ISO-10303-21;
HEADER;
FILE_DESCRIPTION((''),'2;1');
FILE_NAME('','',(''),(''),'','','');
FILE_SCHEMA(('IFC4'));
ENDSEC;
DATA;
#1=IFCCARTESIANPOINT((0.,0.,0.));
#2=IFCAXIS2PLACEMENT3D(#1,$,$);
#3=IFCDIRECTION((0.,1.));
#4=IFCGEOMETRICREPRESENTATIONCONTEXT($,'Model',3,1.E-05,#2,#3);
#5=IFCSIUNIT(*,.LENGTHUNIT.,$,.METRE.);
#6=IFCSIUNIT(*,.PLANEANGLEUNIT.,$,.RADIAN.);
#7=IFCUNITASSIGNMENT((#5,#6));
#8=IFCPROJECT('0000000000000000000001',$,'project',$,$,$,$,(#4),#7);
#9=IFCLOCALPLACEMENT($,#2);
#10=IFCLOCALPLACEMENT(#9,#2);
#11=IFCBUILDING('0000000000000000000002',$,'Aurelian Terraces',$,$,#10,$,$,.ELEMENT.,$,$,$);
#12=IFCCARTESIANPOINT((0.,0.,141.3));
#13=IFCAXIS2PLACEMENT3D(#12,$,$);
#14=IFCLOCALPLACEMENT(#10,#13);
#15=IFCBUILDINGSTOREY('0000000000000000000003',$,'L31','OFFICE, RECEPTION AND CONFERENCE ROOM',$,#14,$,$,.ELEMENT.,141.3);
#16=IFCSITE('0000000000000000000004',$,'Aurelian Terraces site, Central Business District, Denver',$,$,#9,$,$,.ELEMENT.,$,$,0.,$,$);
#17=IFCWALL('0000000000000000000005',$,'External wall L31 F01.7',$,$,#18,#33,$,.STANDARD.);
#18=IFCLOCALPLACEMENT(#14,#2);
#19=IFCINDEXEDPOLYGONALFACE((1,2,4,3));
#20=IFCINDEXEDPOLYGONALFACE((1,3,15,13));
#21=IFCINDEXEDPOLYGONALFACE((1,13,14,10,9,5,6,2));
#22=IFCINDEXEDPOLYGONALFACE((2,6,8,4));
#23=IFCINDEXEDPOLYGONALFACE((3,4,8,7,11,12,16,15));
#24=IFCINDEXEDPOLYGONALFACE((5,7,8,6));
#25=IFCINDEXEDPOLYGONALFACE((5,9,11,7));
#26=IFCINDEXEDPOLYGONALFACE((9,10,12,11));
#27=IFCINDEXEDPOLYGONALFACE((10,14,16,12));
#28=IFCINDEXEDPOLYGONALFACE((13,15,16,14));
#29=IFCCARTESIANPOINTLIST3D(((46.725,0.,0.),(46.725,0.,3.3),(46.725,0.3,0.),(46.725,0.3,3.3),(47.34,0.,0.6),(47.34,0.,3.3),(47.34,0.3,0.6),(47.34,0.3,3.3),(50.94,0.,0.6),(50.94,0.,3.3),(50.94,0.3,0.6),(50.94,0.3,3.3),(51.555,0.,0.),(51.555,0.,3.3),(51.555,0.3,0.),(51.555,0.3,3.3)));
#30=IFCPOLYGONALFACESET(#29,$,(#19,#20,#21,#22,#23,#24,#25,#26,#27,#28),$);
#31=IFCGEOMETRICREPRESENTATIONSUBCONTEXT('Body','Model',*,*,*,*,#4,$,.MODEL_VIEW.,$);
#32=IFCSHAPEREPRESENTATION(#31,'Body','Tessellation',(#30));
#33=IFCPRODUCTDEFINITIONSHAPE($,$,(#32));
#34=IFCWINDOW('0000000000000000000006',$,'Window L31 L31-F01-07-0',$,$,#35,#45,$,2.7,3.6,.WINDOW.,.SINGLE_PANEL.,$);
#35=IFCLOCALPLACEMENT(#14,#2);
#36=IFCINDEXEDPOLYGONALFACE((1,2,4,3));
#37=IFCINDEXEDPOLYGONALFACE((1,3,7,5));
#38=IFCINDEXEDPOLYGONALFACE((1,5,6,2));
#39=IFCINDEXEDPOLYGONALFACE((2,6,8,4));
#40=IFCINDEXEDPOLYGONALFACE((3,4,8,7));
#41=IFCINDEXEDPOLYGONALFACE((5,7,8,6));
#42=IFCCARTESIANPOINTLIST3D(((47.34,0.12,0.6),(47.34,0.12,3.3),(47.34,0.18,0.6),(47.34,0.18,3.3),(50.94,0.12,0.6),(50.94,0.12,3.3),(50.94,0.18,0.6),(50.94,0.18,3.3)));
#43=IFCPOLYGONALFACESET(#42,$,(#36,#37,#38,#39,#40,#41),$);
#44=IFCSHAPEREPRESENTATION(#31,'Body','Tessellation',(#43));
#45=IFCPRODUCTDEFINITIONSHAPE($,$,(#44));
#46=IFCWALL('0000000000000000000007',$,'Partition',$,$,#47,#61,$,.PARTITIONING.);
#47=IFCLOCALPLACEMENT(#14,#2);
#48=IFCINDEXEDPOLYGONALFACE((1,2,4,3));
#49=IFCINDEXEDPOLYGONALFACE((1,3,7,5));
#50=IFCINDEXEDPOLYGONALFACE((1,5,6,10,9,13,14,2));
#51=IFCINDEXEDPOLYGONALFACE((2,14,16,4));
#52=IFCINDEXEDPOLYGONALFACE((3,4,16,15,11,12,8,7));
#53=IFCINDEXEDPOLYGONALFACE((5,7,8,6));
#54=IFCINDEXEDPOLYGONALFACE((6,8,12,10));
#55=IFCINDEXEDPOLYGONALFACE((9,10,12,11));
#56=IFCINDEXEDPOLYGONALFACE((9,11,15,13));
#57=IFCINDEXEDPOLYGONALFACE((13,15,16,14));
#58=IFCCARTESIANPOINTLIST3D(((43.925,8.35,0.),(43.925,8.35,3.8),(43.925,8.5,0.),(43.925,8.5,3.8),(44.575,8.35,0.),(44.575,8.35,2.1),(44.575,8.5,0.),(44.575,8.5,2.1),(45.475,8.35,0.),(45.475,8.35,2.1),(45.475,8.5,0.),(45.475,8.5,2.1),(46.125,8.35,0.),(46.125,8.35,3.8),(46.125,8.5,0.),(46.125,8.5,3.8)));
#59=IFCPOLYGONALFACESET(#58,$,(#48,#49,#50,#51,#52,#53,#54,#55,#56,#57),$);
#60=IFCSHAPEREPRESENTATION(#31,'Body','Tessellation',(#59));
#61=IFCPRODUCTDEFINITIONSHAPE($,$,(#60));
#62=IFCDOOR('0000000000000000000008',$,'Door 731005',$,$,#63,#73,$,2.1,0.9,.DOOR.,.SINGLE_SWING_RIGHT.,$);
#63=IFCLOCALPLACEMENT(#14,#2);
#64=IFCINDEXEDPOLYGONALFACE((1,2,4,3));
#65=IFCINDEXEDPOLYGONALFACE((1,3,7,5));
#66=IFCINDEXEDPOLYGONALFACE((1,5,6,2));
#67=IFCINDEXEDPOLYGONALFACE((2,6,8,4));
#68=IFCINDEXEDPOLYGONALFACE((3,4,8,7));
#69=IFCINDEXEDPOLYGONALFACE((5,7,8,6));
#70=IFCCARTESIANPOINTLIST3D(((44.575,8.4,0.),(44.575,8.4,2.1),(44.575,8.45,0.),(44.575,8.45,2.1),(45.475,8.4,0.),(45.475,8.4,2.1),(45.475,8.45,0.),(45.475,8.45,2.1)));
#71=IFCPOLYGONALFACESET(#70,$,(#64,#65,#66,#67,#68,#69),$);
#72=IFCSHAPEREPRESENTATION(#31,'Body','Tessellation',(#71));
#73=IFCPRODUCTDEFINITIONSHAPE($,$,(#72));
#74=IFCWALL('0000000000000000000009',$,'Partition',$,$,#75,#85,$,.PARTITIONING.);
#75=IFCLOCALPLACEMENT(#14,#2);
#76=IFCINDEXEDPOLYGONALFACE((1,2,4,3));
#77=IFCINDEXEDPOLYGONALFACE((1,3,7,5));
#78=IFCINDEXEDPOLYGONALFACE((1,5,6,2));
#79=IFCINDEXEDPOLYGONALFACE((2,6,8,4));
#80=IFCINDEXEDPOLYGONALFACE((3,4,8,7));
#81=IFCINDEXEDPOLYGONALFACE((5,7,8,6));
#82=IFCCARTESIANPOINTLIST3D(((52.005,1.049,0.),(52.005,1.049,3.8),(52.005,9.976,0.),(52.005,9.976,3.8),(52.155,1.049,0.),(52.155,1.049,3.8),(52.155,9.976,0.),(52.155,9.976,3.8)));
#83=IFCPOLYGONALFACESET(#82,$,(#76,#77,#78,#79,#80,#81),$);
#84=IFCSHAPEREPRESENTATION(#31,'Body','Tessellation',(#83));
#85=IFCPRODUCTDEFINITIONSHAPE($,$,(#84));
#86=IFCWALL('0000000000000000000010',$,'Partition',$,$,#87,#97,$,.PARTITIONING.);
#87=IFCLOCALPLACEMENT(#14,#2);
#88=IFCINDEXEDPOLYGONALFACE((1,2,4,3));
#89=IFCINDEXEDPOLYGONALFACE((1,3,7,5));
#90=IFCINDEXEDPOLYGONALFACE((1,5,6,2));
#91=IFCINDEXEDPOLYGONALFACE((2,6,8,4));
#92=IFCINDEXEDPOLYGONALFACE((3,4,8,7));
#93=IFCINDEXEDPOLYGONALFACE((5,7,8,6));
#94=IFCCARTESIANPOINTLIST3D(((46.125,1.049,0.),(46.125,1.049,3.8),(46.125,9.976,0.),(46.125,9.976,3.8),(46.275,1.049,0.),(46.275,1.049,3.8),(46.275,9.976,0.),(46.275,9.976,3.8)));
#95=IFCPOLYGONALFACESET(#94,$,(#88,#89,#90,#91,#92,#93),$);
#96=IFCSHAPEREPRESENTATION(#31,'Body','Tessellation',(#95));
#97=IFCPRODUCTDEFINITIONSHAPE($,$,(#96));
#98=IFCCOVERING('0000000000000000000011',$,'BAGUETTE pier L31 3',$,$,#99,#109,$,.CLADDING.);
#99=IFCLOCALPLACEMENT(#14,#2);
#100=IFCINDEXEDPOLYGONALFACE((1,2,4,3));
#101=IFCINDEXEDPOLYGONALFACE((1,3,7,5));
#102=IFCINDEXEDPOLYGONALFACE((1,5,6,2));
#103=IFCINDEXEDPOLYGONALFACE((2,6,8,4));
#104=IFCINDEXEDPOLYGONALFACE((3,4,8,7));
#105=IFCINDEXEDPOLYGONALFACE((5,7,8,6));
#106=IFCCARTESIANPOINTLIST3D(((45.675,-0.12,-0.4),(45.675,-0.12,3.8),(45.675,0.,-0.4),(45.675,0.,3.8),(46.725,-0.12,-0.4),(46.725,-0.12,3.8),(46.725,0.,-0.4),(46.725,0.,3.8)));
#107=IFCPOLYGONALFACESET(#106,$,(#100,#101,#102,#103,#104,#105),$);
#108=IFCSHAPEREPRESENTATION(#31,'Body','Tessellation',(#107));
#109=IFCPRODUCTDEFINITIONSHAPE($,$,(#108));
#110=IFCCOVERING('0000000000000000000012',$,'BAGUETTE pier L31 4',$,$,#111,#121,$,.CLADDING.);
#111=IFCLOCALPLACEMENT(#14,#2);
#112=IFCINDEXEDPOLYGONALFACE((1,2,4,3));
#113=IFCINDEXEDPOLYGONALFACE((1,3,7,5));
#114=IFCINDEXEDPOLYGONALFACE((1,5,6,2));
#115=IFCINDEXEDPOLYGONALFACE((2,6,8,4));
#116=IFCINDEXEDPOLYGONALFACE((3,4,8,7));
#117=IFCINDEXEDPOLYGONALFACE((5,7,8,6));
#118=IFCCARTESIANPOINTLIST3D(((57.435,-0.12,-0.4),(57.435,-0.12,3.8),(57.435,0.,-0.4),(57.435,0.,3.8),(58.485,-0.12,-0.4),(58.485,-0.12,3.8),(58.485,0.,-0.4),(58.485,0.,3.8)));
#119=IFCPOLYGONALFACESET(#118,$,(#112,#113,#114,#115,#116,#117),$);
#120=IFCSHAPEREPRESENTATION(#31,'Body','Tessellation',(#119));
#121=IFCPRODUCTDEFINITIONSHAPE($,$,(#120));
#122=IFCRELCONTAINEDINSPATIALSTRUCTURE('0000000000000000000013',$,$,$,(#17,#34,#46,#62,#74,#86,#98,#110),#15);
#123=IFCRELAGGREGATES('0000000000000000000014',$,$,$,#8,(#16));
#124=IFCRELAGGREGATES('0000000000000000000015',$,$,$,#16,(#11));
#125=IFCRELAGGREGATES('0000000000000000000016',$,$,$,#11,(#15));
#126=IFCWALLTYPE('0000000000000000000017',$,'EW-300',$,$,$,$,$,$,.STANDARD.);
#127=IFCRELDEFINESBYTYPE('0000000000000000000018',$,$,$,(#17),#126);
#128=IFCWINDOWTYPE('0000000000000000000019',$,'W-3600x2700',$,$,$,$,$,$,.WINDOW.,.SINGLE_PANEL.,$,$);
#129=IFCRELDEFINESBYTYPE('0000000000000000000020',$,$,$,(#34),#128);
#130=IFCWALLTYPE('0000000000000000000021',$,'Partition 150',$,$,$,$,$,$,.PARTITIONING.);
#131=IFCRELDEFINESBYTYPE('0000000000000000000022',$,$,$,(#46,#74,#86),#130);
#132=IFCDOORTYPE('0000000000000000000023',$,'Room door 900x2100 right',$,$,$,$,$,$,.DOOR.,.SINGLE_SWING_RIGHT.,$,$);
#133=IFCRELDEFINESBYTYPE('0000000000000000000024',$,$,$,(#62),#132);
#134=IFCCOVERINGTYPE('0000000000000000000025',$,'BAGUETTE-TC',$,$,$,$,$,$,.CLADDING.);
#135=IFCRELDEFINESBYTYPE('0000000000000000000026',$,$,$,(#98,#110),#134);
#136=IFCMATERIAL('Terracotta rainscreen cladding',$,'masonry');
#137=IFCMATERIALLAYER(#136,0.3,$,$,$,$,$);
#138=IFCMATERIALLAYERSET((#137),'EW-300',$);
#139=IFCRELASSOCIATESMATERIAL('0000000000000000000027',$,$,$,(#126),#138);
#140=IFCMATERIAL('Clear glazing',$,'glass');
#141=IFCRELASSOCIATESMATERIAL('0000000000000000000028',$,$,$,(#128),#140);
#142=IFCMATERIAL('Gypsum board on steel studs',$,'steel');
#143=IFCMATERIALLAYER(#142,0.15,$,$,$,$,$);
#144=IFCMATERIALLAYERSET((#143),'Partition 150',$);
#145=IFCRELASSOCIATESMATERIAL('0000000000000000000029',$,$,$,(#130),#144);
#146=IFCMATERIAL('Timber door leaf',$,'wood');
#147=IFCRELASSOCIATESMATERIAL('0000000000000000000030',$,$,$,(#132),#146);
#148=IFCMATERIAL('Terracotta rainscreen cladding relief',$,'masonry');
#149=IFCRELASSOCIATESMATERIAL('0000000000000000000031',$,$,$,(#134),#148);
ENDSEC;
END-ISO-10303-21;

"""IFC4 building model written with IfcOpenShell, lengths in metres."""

from ifc_helpers import new_model, si_unit, direction, frame, frame_2d, origin, origin_2d, place, context, subcontext, project, spatial, rectangle, extrude, source, transform, mapped, material, layer, layer_set, type_object, element, fill, save


model = new_model("IFC4")

# Units and contexts
model_context = context("Model", 3, precision=1e-05, world=origin(), true_north=direction((0.0, 1.0)))
body_context = subcontext(model_context, "Body", "Model", "MODEL_VIEW")
ifc_project = project(units=[si_unit("LENGTHUNIT", "METRE"), si_unit("PLANEANGLEUNIT", "RADIAN")], contexts=[model_context])

# Site, building, storey
site_placement = place(None, origin())
site = spatial("IfcSite", under=ifc_project, at=site_placement, Name="Aurelian Terraces site, Central Business District, Denver", CompositionType="ELEMENT", RefElevation=0.0)
building_placement = place(site_placement, origin())
building = spatial("IfcBuilding", under=site, at=building_placement, Name="Aurelian Terraces", CompositionType="ELEMENT")
storey_placement = place(building_placement, frame((0.0, 0.0, 141.3)))
storey = spatial("IfcBuildingStorey", under=building, at=storey_placement, Name="L31", Description="OFFICE, RECEPTION AND CONFERENCE ROOM", CompositionType="ELEMENT", Elevation=141.3)

# Wall, opening, window
ifc_material_1 = material(Name="Terracotta rainscreen cladding", Category="masonry")
ifc_layer_1 = layer(ifc_material_1, 0.3)
ifc_layer_set_1 = layer_set([ifc_layer_1], Name="EW-300")
wall_type_1 = type_object("IfcWallType", Name="EW-300", PredefinedType="STANDARD", material=ifc_layer_set_1)
shared_shape_1 = source(origin(), body_context, "Body", "SweptSolid", [
    extrude(rectangle(XDim=3.6, YDim=2.7, at=frame_2d((1.8, 1.35))), frame((0.0, 0.16, 0.0), z_axis=(0.0, -1.0, 0.0), x_axis=(1.0, 0.0, 0.0)), (0.0, 0.0, 1.0), 0.32),
])
ifc_material_2 = material(Name="Clear glazing", Category="glass")
window_type_1 = type_object("IfcWindowType", Name="W-3600x2700", PartitioningType="SINGLE_PANEL", PredefinedType="WINDOW", material=ifc_material_2)
shared_shape_2 = source(origin(), body_context, "Body", "SweptSolid", [
    extrude(rectangle(XDim=3.6, YDim=2.7, at=frame_2d((1.8, 1.35))), frame((0.0, 0.03, 0.0), z_axis=(0.0, -1.0, 0.0), x_axis=(1.0, 0.0, 0.0)), (0.0, 0.0, 1.0), 0.06),
])
shared_shape_3 = source(origin(), body_context, "Body", "SweptSolid", [
    extrude(rectangle(XDim=4.83, YDim=0.3, at=frame_2d((2.415, 0.0))), origin(), (0.0, 0.0, 1.0), 3.3),
])
wall_1_placement = place(storey_placement, frame((46.725, 0.15, 0.0), z_axis=(0.0, 0.0, 1.0), x_axis=(1.0, 0.0, 0.0)))
wall_1 = element("IfcWall", 1, at=wall_1_placement, inside=storey, type_object=wall_type_1, Name="External wall L31 F01.7", PredefinedType="STANDARD", context=body_context, shape_type="MappedRepresentation", body=[
    mapped(shared_shape_3, transform((0.0, 0.0, 0.0), scale=1.0)),
])
opening_1_placement = place(wall_1_placement, frame((0.615, 0.0, 0.6)))
opening_1 = element("IfcOpeningElement", 2, at=opening_1_placement, cuts=wall_1, PredefinedType="OPENING", context=body_context, shape_type="MappedRepresentation", body=[
    mapped(shared_shape_1, transform((0.0, 0.0, 0.0), scale=1.0)),
])
window_1_placement = place(opening_1_placement, origin())
window_1 = element("IfcWindow", 3, at=window_1_placement, inside=storey, type_object=window_type_1, Name="Window L31 L31-F01-07-0", OverallHeight=2.7, OverallWidth=3.6, PartitioningType="SINGLE_PANEL", PredefinedType="WINDOW", context=body_context, shape_type="MappedRepresentation", body=[
    mapped(shared_shape_2, transform((0.0, 0.0, 0.0), scale=1.0)),
])
fill(opening_1, window_1)

# Wall, opening, door
ifc_material_3 = material(Name="Gypsum board on steel studs", Category="steel")
ifc_layer_2 = layer(ifc_material_3, 0.15)
ifc_layer_set_2 = layer_set([ifc_layer_2], Name="Partition 150")
wall_type_2 = type_object("IfcWallType", Name="Partition 150", PredefinedType="PARTITIONING", material=ifc_layer_set_2)
shared_shape_4 = source(origin(), body_context, "Body", "SweptSolid", [
    extrude(rectangle(XDim=2.2, YDim=0.15, at=frame_2d((1.1, 0.0))), origin(), (0.0, 0.0, 1.0), 3.8),
])
wall_2_placement = place(storey_placement, frame((46.125, 8.425, 0.0), z_axis=(0.0, 0.0, 1.0), x_axis=(-1.0, 0.0, 0.0)))
wall_2 = element("IfcWall", 4, at=wall_2_placement, inside=storey, type_object=wall_type_2, Name="Partition", PredefinedType="PARTITIONING", context=body_context, shape_type="MappedRepresentation", body=[
    mapped(shared_shape_4, transform((0.0, 0.0, 0.0), scale=1.0)),
])
shared_shape_5 = source(origin(), body_context, "Body", "SweptSolid", [
    extrude(rectangle(XDim=0.9, YDim=2.1, at=frame_2d((0.45, 1.05))), frame((0.0, 0.085, 0.0), z_axis=(0.0, -1.0, 0.0), x_axis=(1.0, 0.0, 0.0)), (0.0, 0.0, 1.0), 0.17),
])
opening_2_placement = place(wall_2_placement, frame((0.65, 0.0, 0.0)))
opening_2 = element("IfcOpeningElement", 5, at=opening_2_placement, cuts=wall_2, PredefinedType="OPENING", context=body_context, shape_type="MappedRepresentation", body=[
    mapped(shared_shape_5, transform((0.0, 0.0, 0.0), scale=1.0)),
])
ifc_material_4 = material(Name="Timber door leaf", Category="wood")
door_type = type_object("IfcDoorType", Name="Room door 900x2100 right", OperationType="SINGLE_SWING_RIGHT", PredefinedType="DOOR", material=ifc_material_4)
shared_shape_6 = source(origin(), body_context, "Body", "SweptSolid", [
    extrude(rectangle(XDim=0.9, YDim=2.1, at=frame_2d((0.45, 1.05))), frame((0.0, 0.025, 0.0), z_axis=(0.0, -1.0, 0.0), x_axis=(1.0, 0.0, 0.0)), (0.0, 0.0, 1.0), 0.05),
])
door_placement = place(opening_2_placement, origin())
door = element("IfcDoor", 6, at=door_placement, inside=storey, type_object=door_type, Name="Door 731005", OperationType="SINGLE_SWING_RIGHT", OverallHeight=2.1, OverallWidth=0.9, PredefinedType="DOOR", context=body_context, shape_type="MappedRepresentation", body=[
    mapped(shared_shape_6, transform((0.0, 0.0, 0.0), scale=1.0)),
])
fill(opening_2, door)

# Walls
shared_shape_7 = source(origin(), body_context, "Body", "SweptSolid", [
    extrude(rectangle(XDim=8.927, YDim=0.15, at=frame_2d((4.4635, 0.0))), origin(), (0.0, 0.0, 1.0), 3.8),
])
for number, where, z_axis, x_axis, name in (
    (7, (52.08, 1.049, 0.0), (0.0, 0.0, 1.0), (0.0, 1.0, 0.0), "Partition"),
    (8, (46.2, 1.049, 0.0), (0.0, 0.0, 1.0), (0.0, 1.0, 0.0), "Partition"),
):
    element("IfcWall", number, at=place(storey_placement, frame(where, z_axis=z_axis, x_axis=x_axis)), inside=storey, type_object=wall_type_2, Name=name, PredefinedType="PARTITIONING", context=body_context, shape_type="MappedRepresentation", body=[
        mapped(shared_shape_7, transform((0.0, 0.0, 0.0), scale=1.0)),
    ])

# Coverings
ifc_material_5 = material(Name="Terracotta rainscreen cladding relief", Category="masonry")
covering_type = type_object("IfcCoveringType", Name="BAGUETTE-TC", PredefinedType="CLADDING", material=ifc_material_5)
shared_shape_8 = source(origin(), body_context, "Body", "SweptSolid", [
    extrude(rectangle(XDim=1.05, YDim=0.12, at=origin_2d()), origin(), (0.0, 0.0, 1.0), 4.2),
])
for number, where, z_axis, x_axis, name in (
    (9, (46.2, -0.06, -0.4), (0.0, 0.0, 1.0), (1.0, 0.0, 0.0), "BAGUETTE pier L31 3"),
    (10, (57.96, -0.06, -0.4), (0.0, 0.0, 1.0), (1.0, 0.0, 0.0), "BAGUETTE pier L31 4"),
):
    element("IfcCovering", number, at=place(storey_placement, frame(where, z_axis=z_axis, x_axis=x_axis)), inside=storey, type_object=covering_type, Name=name, PredefinedType="CLADDING", context=body_context, shape_type="MappedRepresentation", body=[
        mapped(shared_shape_8, transform((0.0, 0.0, 0.0), scale=1.0)),
    ])

save(model, "model.ifc")
